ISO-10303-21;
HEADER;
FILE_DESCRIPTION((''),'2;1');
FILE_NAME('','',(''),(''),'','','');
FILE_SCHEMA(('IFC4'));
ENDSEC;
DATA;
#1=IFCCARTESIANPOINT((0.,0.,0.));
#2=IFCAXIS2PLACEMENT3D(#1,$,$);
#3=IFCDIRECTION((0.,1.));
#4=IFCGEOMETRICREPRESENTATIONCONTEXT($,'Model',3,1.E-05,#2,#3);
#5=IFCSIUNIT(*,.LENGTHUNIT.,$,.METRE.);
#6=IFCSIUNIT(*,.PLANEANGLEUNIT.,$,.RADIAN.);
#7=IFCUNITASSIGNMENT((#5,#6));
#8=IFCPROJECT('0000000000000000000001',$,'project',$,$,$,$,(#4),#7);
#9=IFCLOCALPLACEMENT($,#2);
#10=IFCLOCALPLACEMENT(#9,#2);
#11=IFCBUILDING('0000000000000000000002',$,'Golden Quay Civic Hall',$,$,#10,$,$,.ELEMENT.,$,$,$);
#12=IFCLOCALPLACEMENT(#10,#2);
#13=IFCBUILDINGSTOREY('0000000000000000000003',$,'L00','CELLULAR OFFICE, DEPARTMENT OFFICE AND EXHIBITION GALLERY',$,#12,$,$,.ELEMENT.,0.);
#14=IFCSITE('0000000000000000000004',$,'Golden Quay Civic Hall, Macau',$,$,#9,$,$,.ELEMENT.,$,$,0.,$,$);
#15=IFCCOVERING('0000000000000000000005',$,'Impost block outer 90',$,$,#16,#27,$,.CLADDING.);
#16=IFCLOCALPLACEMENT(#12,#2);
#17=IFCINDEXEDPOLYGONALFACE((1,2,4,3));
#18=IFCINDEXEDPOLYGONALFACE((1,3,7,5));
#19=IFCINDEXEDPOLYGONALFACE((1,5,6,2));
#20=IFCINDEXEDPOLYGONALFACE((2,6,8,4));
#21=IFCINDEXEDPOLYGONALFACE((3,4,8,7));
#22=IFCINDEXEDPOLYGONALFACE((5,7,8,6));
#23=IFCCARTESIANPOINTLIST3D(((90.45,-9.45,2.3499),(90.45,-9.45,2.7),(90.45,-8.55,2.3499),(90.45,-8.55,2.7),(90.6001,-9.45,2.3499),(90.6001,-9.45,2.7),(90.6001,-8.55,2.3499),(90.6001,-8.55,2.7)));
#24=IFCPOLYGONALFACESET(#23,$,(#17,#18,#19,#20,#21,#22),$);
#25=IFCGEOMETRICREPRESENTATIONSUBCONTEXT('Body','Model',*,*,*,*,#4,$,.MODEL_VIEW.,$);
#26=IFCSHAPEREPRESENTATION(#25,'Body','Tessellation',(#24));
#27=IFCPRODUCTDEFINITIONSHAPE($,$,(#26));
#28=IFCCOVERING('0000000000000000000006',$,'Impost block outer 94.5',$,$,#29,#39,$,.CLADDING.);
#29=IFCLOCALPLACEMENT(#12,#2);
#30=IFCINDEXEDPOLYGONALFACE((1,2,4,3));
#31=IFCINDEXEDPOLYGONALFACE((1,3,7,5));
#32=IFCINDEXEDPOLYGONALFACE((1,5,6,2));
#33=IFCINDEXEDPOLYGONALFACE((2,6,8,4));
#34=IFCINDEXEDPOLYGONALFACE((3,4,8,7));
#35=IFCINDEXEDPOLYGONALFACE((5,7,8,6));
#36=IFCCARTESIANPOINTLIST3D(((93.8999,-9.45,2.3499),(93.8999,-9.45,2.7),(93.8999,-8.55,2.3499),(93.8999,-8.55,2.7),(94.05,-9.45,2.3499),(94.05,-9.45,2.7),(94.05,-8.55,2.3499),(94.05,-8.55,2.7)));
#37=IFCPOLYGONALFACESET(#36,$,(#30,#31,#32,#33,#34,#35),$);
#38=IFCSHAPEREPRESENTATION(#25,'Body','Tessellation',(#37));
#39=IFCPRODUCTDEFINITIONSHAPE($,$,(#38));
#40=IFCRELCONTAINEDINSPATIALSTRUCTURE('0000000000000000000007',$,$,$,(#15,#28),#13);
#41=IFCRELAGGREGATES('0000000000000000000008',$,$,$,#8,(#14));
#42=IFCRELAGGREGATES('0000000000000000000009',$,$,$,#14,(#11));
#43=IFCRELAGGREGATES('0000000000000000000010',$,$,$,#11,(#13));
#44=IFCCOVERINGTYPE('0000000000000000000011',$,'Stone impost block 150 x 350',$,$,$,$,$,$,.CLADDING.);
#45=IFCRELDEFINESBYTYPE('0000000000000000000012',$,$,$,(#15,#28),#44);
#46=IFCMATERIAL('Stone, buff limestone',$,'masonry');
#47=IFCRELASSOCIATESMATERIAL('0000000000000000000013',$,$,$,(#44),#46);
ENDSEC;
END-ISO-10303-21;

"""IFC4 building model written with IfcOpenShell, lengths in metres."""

from ifc_helpers import new_model, si_unit, direction, frame, origin, origin_2d, place, context, subcontext, project, spatial, rectangle, extrude, material, material_profile, profile_set, type_object, element, save


model = new_model("IFC4")

# Units and contexts
model_context = context("Model", 3, precision=1e-05, world=origin(), true_north=direction((0.0, 1.0)))
body_context = subcontext(model_context, "Body", "Model", "MODEL_VIEW")
ifc_project = project(units=[si_unit("LENGTHUNIT", "METRE"), si_unit("PLANEANGLEUNIT", "RADIAN")], contexts=[model_context])

# Site, building, storey
site_placement = place(None, origin())
site = spatial("IfcSite", under=ifc_project, at=site_placement, Name="Golden Quay Civic Hall, Macau", CompositionType="ELEMENT", RefElevation=0.0)
building_placement = place(site_placement, origin())
building = spatial("IfcBuilding", under=site, at=building_placement, Name="Golden Quay Civic Hall", CompositionType="ELEMENT")
storey_placement = place(building_placement, origin())
storey = spatial("IfcBuildingStorey", under=building, at=storey_placement, Name="L00", Description="CELLULAR OFFICE, DEPARTMENT OFFICE AND EXHIBITION GALLERY", CompositionType="ELEMENT", Elevation=0.0)

# Coverings
ifc_material_1 = material(Name="Stone, buff limestone", Category="masonry")
ifc_material_profile_1 = material_profile(ifc_material_1, rectangle(XDim=0.8999, YDim=0.3501, at=origin_2d()), Name="RC 900x350")
ifc_profile_set_1 = profile_set([ifc_material_profile_1], Name="Stone, buff limestone")
covering_type_1 = type_object("IfcCoveringType", Name="Stone impost block 150 x 350", PredefinedType="CLADDING", material=ifc_profile_set_1)
for number, where, z_axis, x_axis, name in (
    (1, (90.45, -9.0, 2.5249), (1.0, 0.0, 0.0), (0.0, 1.0, 0.0), "Impost block outer 90"),
    (2, (94.05, -9.0, 2.5249), (-1.0, 0.0, 0.0), (0.0, -1.0, 0.0), "Impost block outer 94.5"),
):
    element("IfcCovering", number, at=place(storey_placement, frame(where, z_axis=z_axis, x_axis=x_axis)), inside=storey, type_object=covering_type_1, Name=name, PredefinedType="CLADDING", context=body_context, shape_type="SweptSolid", body=[
        extrude(rectangle(XDim=0.8999, YDim=0.3501, at=origin_2d()), origin(), (0.0, 0.0, 1.0), 0.1501),
    ])

save(model, "model.ifc")
